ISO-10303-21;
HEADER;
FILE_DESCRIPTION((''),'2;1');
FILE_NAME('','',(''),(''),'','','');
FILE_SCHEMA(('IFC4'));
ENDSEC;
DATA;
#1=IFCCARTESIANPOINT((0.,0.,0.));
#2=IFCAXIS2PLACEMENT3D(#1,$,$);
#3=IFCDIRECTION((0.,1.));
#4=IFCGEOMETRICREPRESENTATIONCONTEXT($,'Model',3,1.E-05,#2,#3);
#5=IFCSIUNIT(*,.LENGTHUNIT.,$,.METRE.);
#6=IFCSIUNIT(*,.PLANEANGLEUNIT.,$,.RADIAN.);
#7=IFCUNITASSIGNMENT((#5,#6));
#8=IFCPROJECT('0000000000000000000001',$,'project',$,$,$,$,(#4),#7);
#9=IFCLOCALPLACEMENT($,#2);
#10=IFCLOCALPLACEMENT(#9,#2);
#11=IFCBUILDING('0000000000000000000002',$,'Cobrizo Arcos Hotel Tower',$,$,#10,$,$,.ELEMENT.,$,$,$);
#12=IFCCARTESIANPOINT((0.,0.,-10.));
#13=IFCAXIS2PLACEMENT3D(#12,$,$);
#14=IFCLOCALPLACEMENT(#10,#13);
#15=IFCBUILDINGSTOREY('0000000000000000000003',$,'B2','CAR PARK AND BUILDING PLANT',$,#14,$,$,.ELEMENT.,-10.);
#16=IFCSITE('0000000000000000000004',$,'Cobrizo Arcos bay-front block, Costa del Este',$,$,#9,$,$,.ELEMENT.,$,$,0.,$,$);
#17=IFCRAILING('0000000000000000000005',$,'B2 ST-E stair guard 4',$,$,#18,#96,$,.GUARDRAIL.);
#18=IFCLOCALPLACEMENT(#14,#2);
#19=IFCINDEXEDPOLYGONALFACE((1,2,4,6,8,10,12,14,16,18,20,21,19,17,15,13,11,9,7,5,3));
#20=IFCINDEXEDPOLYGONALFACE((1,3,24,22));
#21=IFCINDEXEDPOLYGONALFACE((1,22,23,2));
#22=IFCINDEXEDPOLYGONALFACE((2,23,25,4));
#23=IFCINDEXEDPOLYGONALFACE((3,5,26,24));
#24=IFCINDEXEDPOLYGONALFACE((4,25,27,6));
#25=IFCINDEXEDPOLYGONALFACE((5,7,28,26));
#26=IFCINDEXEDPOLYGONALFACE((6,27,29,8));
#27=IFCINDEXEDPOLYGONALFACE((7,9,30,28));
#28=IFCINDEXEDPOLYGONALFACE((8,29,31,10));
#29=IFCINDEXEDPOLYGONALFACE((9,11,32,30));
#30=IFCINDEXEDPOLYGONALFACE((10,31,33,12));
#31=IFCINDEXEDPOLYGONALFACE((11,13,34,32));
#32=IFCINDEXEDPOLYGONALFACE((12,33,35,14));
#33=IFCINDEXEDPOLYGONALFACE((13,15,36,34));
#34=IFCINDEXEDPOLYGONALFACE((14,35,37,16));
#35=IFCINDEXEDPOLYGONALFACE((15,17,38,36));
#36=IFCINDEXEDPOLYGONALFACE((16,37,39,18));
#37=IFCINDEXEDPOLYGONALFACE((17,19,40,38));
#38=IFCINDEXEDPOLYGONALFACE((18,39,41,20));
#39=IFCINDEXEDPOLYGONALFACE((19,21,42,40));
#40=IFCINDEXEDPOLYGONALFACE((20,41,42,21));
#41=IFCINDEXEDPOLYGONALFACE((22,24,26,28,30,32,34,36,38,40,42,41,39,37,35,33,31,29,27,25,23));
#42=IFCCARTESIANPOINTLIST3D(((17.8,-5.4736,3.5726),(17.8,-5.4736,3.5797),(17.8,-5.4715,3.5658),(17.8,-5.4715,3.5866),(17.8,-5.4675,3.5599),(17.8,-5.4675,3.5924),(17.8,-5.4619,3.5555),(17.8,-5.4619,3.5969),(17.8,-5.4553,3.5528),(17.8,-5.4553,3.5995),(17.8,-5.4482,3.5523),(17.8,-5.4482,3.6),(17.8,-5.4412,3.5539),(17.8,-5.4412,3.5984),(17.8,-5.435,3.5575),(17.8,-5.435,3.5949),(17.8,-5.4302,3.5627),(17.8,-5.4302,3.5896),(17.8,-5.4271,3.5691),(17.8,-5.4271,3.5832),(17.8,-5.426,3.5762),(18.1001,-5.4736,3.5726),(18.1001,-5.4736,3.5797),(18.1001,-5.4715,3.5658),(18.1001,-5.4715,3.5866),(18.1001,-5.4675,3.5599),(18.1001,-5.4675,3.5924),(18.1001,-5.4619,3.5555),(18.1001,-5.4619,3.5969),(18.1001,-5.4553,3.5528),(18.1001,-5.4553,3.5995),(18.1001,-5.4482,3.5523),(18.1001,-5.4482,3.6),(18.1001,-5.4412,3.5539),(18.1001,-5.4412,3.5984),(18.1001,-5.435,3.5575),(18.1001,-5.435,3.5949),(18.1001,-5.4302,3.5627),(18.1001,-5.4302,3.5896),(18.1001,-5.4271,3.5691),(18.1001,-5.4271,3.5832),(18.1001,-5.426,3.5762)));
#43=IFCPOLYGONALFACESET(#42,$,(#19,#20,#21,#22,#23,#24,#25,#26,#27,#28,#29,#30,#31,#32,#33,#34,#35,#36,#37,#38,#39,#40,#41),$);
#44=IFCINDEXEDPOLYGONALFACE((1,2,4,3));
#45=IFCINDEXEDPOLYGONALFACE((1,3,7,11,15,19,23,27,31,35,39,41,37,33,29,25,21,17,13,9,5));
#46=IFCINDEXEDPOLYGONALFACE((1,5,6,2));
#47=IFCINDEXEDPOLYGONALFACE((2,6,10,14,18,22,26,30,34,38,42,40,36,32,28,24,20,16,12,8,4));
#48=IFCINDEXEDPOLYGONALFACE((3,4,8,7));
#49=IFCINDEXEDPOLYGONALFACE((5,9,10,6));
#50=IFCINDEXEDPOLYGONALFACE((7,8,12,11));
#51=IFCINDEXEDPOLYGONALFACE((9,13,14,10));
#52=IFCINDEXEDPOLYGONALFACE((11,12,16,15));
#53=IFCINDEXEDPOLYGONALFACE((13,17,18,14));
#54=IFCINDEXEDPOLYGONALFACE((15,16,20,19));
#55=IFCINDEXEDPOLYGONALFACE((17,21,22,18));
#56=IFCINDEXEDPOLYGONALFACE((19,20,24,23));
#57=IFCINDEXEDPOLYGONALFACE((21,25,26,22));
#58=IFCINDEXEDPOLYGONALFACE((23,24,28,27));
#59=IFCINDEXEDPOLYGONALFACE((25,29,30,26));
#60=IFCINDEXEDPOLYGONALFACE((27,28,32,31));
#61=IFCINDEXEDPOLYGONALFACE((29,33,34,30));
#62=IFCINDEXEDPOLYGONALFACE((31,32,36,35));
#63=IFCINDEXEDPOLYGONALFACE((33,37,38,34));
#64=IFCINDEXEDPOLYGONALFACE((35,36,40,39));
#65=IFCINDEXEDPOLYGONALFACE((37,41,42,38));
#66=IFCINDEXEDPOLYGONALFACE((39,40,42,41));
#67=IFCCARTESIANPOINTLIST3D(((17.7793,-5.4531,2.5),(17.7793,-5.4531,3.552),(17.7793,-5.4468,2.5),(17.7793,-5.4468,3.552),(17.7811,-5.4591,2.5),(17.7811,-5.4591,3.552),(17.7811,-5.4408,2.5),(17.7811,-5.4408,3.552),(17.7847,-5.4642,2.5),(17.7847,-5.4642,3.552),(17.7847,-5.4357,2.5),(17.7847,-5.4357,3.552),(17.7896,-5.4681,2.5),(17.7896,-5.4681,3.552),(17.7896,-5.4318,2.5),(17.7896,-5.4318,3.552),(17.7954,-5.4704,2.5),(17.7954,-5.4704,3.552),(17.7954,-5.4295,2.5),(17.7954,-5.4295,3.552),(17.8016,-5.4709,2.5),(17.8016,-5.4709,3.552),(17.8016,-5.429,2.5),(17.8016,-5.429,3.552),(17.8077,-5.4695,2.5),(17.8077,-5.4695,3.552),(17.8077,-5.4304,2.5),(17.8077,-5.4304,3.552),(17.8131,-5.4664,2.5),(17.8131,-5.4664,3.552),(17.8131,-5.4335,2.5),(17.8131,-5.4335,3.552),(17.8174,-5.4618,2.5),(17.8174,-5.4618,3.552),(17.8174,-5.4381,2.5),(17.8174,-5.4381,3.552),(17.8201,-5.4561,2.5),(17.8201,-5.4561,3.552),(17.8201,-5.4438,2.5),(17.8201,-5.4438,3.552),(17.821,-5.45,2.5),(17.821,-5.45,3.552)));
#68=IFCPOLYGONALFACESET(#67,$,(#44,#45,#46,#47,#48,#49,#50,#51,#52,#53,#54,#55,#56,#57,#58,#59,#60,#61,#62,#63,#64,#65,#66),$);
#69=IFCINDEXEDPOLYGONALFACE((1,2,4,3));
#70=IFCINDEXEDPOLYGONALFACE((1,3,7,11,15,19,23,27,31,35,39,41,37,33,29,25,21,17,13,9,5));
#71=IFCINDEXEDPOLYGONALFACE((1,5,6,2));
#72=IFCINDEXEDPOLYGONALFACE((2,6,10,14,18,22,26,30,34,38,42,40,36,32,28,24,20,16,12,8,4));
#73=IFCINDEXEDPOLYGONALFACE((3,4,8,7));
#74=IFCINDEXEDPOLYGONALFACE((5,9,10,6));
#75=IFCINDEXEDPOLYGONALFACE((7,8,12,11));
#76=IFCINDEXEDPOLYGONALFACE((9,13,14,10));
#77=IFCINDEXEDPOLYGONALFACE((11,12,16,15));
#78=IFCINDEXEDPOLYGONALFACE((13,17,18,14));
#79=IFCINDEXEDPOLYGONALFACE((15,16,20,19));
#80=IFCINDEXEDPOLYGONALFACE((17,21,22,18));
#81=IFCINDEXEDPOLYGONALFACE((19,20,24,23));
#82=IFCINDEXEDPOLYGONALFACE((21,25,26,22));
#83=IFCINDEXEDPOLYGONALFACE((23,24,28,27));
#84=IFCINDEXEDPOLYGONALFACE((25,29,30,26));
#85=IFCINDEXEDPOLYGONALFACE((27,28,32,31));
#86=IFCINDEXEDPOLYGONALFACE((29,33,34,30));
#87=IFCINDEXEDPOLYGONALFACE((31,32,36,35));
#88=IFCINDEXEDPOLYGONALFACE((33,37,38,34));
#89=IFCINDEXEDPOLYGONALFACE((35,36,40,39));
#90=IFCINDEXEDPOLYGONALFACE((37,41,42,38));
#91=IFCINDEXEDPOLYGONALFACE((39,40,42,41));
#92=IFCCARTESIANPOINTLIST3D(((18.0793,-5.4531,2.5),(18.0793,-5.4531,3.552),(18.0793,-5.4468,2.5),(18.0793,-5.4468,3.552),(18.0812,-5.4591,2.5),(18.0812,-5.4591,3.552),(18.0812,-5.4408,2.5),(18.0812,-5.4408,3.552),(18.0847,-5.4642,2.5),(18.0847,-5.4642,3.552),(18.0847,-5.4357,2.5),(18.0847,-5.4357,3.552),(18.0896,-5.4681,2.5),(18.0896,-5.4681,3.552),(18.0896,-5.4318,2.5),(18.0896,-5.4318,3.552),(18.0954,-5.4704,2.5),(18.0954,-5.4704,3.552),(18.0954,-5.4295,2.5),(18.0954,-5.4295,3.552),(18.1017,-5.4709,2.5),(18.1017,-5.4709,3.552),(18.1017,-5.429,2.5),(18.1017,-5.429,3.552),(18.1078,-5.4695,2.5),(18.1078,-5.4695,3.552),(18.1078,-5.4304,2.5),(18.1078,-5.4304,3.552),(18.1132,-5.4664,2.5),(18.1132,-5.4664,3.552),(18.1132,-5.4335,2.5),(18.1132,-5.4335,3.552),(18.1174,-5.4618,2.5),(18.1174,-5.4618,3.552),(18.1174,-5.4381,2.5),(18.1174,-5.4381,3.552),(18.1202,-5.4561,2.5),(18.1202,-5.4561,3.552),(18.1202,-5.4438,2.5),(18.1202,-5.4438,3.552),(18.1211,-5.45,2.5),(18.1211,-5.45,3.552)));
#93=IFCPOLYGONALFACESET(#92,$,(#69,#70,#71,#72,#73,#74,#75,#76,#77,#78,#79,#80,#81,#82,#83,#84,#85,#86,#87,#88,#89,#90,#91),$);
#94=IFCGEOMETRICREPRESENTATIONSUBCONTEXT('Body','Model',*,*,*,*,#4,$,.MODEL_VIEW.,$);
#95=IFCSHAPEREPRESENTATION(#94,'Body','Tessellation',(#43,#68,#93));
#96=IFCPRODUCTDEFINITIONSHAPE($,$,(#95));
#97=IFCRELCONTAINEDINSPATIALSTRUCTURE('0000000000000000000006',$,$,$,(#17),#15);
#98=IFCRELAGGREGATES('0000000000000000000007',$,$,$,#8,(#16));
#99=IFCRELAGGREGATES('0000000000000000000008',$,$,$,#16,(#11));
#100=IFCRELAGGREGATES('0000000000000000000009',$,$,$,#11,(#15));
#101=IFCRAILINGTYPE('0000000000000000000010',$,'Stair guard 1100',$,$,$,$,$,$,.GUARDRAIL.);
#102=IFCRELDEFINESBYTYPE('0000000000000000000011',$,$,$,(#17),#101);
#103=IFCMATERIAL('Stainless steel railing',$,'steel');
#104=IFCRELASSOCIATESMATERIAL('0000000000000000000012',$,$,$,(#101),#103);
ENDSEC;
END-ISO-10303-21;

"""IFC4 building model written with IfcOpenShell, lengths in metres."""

from ifc_helpers import new_model, si_unit, direction, frame, origin, origin_2d, place, context, subcontext, project, spatial, circle, extrude, material, type_object, element, save


model = new_model("IFC4")

# Units and contexts
model_context = context("Model", 3, precision=1e-05, world=origin(), true_north=direction((0.0, 1.0)))
body_context = subcontext(model_context, "Body", "Model", "MODEL_VIEW")
ifc_project = project(units=[si_unit("LENGTHUNIT", "METRE"), si_unit("PLANEANGLEUNIT", "RADIAN")], contexts=[model_context])

# Site, building, storey
site_placement = place(None, origin())
site = spatial("IfcSite", under=ifc_project, at=site_placement, Name="Cobrizo Arcos bay-front block, Costa del Este", CompositionType="ELEMENT", RefElevation=0.0)
building_placement = place(site_placement, origin())
building = spatial("IfcBuilding", under=site, at=building_placement, Name="Cobrizo Arcos Hotel Tower", CompositionType="ELEMENT")
storey_placement = place(building_placement, frame((0.0, 0.0, -10.0)))
storey = spatial("IfcBuildingStorey", under=building, at=storey_placement, Name="B2", Description="CAR PARK AND BUILDING PLANT", CompositionType="ELEMENT", Elevation=-10.0)

# Railing
ifc_material_1 = material(Name="Stainless steel railing", Category="steel")
railing_type_1 = type_object("IfcRailingType", Name="Stair guard 1100", PredefinedType="GUARDRAIL", material=ifc_material_1)
railing_1_placement = place(storey_placement, frame((17.8, -5.45, 2.5)))
element("IfcRailing", 1, at=railing_1_placement, inside=storey, type_object=railing_type_1, Name="B2 ST-E stair guard 4", PredefinedType="GUARDRAIL", context=body_context, shape_type="SweptSolid", body=[
    extrude(circle(Radius=0.0239, at=origin_2d()), frame((0.0, 0.0, 1.0762), z_axis=(1.0, 0.0, 0.0), x_axis=(0.0, 1.0, 0.0)), (0.0, 0.0, 1.0), 0.3),
    extrude(circle(Radius=0.021, at=origin_2d()), origin(), (0.0, 0.0, 1.0), 1.052),
    extrude(circle(Radius=0.021, at=origin_2d()), frame((0.3, 0.0, 0.0)), (0.0, 0.0, 1.0), 1.052),
])

save(model, "model.ifc")
